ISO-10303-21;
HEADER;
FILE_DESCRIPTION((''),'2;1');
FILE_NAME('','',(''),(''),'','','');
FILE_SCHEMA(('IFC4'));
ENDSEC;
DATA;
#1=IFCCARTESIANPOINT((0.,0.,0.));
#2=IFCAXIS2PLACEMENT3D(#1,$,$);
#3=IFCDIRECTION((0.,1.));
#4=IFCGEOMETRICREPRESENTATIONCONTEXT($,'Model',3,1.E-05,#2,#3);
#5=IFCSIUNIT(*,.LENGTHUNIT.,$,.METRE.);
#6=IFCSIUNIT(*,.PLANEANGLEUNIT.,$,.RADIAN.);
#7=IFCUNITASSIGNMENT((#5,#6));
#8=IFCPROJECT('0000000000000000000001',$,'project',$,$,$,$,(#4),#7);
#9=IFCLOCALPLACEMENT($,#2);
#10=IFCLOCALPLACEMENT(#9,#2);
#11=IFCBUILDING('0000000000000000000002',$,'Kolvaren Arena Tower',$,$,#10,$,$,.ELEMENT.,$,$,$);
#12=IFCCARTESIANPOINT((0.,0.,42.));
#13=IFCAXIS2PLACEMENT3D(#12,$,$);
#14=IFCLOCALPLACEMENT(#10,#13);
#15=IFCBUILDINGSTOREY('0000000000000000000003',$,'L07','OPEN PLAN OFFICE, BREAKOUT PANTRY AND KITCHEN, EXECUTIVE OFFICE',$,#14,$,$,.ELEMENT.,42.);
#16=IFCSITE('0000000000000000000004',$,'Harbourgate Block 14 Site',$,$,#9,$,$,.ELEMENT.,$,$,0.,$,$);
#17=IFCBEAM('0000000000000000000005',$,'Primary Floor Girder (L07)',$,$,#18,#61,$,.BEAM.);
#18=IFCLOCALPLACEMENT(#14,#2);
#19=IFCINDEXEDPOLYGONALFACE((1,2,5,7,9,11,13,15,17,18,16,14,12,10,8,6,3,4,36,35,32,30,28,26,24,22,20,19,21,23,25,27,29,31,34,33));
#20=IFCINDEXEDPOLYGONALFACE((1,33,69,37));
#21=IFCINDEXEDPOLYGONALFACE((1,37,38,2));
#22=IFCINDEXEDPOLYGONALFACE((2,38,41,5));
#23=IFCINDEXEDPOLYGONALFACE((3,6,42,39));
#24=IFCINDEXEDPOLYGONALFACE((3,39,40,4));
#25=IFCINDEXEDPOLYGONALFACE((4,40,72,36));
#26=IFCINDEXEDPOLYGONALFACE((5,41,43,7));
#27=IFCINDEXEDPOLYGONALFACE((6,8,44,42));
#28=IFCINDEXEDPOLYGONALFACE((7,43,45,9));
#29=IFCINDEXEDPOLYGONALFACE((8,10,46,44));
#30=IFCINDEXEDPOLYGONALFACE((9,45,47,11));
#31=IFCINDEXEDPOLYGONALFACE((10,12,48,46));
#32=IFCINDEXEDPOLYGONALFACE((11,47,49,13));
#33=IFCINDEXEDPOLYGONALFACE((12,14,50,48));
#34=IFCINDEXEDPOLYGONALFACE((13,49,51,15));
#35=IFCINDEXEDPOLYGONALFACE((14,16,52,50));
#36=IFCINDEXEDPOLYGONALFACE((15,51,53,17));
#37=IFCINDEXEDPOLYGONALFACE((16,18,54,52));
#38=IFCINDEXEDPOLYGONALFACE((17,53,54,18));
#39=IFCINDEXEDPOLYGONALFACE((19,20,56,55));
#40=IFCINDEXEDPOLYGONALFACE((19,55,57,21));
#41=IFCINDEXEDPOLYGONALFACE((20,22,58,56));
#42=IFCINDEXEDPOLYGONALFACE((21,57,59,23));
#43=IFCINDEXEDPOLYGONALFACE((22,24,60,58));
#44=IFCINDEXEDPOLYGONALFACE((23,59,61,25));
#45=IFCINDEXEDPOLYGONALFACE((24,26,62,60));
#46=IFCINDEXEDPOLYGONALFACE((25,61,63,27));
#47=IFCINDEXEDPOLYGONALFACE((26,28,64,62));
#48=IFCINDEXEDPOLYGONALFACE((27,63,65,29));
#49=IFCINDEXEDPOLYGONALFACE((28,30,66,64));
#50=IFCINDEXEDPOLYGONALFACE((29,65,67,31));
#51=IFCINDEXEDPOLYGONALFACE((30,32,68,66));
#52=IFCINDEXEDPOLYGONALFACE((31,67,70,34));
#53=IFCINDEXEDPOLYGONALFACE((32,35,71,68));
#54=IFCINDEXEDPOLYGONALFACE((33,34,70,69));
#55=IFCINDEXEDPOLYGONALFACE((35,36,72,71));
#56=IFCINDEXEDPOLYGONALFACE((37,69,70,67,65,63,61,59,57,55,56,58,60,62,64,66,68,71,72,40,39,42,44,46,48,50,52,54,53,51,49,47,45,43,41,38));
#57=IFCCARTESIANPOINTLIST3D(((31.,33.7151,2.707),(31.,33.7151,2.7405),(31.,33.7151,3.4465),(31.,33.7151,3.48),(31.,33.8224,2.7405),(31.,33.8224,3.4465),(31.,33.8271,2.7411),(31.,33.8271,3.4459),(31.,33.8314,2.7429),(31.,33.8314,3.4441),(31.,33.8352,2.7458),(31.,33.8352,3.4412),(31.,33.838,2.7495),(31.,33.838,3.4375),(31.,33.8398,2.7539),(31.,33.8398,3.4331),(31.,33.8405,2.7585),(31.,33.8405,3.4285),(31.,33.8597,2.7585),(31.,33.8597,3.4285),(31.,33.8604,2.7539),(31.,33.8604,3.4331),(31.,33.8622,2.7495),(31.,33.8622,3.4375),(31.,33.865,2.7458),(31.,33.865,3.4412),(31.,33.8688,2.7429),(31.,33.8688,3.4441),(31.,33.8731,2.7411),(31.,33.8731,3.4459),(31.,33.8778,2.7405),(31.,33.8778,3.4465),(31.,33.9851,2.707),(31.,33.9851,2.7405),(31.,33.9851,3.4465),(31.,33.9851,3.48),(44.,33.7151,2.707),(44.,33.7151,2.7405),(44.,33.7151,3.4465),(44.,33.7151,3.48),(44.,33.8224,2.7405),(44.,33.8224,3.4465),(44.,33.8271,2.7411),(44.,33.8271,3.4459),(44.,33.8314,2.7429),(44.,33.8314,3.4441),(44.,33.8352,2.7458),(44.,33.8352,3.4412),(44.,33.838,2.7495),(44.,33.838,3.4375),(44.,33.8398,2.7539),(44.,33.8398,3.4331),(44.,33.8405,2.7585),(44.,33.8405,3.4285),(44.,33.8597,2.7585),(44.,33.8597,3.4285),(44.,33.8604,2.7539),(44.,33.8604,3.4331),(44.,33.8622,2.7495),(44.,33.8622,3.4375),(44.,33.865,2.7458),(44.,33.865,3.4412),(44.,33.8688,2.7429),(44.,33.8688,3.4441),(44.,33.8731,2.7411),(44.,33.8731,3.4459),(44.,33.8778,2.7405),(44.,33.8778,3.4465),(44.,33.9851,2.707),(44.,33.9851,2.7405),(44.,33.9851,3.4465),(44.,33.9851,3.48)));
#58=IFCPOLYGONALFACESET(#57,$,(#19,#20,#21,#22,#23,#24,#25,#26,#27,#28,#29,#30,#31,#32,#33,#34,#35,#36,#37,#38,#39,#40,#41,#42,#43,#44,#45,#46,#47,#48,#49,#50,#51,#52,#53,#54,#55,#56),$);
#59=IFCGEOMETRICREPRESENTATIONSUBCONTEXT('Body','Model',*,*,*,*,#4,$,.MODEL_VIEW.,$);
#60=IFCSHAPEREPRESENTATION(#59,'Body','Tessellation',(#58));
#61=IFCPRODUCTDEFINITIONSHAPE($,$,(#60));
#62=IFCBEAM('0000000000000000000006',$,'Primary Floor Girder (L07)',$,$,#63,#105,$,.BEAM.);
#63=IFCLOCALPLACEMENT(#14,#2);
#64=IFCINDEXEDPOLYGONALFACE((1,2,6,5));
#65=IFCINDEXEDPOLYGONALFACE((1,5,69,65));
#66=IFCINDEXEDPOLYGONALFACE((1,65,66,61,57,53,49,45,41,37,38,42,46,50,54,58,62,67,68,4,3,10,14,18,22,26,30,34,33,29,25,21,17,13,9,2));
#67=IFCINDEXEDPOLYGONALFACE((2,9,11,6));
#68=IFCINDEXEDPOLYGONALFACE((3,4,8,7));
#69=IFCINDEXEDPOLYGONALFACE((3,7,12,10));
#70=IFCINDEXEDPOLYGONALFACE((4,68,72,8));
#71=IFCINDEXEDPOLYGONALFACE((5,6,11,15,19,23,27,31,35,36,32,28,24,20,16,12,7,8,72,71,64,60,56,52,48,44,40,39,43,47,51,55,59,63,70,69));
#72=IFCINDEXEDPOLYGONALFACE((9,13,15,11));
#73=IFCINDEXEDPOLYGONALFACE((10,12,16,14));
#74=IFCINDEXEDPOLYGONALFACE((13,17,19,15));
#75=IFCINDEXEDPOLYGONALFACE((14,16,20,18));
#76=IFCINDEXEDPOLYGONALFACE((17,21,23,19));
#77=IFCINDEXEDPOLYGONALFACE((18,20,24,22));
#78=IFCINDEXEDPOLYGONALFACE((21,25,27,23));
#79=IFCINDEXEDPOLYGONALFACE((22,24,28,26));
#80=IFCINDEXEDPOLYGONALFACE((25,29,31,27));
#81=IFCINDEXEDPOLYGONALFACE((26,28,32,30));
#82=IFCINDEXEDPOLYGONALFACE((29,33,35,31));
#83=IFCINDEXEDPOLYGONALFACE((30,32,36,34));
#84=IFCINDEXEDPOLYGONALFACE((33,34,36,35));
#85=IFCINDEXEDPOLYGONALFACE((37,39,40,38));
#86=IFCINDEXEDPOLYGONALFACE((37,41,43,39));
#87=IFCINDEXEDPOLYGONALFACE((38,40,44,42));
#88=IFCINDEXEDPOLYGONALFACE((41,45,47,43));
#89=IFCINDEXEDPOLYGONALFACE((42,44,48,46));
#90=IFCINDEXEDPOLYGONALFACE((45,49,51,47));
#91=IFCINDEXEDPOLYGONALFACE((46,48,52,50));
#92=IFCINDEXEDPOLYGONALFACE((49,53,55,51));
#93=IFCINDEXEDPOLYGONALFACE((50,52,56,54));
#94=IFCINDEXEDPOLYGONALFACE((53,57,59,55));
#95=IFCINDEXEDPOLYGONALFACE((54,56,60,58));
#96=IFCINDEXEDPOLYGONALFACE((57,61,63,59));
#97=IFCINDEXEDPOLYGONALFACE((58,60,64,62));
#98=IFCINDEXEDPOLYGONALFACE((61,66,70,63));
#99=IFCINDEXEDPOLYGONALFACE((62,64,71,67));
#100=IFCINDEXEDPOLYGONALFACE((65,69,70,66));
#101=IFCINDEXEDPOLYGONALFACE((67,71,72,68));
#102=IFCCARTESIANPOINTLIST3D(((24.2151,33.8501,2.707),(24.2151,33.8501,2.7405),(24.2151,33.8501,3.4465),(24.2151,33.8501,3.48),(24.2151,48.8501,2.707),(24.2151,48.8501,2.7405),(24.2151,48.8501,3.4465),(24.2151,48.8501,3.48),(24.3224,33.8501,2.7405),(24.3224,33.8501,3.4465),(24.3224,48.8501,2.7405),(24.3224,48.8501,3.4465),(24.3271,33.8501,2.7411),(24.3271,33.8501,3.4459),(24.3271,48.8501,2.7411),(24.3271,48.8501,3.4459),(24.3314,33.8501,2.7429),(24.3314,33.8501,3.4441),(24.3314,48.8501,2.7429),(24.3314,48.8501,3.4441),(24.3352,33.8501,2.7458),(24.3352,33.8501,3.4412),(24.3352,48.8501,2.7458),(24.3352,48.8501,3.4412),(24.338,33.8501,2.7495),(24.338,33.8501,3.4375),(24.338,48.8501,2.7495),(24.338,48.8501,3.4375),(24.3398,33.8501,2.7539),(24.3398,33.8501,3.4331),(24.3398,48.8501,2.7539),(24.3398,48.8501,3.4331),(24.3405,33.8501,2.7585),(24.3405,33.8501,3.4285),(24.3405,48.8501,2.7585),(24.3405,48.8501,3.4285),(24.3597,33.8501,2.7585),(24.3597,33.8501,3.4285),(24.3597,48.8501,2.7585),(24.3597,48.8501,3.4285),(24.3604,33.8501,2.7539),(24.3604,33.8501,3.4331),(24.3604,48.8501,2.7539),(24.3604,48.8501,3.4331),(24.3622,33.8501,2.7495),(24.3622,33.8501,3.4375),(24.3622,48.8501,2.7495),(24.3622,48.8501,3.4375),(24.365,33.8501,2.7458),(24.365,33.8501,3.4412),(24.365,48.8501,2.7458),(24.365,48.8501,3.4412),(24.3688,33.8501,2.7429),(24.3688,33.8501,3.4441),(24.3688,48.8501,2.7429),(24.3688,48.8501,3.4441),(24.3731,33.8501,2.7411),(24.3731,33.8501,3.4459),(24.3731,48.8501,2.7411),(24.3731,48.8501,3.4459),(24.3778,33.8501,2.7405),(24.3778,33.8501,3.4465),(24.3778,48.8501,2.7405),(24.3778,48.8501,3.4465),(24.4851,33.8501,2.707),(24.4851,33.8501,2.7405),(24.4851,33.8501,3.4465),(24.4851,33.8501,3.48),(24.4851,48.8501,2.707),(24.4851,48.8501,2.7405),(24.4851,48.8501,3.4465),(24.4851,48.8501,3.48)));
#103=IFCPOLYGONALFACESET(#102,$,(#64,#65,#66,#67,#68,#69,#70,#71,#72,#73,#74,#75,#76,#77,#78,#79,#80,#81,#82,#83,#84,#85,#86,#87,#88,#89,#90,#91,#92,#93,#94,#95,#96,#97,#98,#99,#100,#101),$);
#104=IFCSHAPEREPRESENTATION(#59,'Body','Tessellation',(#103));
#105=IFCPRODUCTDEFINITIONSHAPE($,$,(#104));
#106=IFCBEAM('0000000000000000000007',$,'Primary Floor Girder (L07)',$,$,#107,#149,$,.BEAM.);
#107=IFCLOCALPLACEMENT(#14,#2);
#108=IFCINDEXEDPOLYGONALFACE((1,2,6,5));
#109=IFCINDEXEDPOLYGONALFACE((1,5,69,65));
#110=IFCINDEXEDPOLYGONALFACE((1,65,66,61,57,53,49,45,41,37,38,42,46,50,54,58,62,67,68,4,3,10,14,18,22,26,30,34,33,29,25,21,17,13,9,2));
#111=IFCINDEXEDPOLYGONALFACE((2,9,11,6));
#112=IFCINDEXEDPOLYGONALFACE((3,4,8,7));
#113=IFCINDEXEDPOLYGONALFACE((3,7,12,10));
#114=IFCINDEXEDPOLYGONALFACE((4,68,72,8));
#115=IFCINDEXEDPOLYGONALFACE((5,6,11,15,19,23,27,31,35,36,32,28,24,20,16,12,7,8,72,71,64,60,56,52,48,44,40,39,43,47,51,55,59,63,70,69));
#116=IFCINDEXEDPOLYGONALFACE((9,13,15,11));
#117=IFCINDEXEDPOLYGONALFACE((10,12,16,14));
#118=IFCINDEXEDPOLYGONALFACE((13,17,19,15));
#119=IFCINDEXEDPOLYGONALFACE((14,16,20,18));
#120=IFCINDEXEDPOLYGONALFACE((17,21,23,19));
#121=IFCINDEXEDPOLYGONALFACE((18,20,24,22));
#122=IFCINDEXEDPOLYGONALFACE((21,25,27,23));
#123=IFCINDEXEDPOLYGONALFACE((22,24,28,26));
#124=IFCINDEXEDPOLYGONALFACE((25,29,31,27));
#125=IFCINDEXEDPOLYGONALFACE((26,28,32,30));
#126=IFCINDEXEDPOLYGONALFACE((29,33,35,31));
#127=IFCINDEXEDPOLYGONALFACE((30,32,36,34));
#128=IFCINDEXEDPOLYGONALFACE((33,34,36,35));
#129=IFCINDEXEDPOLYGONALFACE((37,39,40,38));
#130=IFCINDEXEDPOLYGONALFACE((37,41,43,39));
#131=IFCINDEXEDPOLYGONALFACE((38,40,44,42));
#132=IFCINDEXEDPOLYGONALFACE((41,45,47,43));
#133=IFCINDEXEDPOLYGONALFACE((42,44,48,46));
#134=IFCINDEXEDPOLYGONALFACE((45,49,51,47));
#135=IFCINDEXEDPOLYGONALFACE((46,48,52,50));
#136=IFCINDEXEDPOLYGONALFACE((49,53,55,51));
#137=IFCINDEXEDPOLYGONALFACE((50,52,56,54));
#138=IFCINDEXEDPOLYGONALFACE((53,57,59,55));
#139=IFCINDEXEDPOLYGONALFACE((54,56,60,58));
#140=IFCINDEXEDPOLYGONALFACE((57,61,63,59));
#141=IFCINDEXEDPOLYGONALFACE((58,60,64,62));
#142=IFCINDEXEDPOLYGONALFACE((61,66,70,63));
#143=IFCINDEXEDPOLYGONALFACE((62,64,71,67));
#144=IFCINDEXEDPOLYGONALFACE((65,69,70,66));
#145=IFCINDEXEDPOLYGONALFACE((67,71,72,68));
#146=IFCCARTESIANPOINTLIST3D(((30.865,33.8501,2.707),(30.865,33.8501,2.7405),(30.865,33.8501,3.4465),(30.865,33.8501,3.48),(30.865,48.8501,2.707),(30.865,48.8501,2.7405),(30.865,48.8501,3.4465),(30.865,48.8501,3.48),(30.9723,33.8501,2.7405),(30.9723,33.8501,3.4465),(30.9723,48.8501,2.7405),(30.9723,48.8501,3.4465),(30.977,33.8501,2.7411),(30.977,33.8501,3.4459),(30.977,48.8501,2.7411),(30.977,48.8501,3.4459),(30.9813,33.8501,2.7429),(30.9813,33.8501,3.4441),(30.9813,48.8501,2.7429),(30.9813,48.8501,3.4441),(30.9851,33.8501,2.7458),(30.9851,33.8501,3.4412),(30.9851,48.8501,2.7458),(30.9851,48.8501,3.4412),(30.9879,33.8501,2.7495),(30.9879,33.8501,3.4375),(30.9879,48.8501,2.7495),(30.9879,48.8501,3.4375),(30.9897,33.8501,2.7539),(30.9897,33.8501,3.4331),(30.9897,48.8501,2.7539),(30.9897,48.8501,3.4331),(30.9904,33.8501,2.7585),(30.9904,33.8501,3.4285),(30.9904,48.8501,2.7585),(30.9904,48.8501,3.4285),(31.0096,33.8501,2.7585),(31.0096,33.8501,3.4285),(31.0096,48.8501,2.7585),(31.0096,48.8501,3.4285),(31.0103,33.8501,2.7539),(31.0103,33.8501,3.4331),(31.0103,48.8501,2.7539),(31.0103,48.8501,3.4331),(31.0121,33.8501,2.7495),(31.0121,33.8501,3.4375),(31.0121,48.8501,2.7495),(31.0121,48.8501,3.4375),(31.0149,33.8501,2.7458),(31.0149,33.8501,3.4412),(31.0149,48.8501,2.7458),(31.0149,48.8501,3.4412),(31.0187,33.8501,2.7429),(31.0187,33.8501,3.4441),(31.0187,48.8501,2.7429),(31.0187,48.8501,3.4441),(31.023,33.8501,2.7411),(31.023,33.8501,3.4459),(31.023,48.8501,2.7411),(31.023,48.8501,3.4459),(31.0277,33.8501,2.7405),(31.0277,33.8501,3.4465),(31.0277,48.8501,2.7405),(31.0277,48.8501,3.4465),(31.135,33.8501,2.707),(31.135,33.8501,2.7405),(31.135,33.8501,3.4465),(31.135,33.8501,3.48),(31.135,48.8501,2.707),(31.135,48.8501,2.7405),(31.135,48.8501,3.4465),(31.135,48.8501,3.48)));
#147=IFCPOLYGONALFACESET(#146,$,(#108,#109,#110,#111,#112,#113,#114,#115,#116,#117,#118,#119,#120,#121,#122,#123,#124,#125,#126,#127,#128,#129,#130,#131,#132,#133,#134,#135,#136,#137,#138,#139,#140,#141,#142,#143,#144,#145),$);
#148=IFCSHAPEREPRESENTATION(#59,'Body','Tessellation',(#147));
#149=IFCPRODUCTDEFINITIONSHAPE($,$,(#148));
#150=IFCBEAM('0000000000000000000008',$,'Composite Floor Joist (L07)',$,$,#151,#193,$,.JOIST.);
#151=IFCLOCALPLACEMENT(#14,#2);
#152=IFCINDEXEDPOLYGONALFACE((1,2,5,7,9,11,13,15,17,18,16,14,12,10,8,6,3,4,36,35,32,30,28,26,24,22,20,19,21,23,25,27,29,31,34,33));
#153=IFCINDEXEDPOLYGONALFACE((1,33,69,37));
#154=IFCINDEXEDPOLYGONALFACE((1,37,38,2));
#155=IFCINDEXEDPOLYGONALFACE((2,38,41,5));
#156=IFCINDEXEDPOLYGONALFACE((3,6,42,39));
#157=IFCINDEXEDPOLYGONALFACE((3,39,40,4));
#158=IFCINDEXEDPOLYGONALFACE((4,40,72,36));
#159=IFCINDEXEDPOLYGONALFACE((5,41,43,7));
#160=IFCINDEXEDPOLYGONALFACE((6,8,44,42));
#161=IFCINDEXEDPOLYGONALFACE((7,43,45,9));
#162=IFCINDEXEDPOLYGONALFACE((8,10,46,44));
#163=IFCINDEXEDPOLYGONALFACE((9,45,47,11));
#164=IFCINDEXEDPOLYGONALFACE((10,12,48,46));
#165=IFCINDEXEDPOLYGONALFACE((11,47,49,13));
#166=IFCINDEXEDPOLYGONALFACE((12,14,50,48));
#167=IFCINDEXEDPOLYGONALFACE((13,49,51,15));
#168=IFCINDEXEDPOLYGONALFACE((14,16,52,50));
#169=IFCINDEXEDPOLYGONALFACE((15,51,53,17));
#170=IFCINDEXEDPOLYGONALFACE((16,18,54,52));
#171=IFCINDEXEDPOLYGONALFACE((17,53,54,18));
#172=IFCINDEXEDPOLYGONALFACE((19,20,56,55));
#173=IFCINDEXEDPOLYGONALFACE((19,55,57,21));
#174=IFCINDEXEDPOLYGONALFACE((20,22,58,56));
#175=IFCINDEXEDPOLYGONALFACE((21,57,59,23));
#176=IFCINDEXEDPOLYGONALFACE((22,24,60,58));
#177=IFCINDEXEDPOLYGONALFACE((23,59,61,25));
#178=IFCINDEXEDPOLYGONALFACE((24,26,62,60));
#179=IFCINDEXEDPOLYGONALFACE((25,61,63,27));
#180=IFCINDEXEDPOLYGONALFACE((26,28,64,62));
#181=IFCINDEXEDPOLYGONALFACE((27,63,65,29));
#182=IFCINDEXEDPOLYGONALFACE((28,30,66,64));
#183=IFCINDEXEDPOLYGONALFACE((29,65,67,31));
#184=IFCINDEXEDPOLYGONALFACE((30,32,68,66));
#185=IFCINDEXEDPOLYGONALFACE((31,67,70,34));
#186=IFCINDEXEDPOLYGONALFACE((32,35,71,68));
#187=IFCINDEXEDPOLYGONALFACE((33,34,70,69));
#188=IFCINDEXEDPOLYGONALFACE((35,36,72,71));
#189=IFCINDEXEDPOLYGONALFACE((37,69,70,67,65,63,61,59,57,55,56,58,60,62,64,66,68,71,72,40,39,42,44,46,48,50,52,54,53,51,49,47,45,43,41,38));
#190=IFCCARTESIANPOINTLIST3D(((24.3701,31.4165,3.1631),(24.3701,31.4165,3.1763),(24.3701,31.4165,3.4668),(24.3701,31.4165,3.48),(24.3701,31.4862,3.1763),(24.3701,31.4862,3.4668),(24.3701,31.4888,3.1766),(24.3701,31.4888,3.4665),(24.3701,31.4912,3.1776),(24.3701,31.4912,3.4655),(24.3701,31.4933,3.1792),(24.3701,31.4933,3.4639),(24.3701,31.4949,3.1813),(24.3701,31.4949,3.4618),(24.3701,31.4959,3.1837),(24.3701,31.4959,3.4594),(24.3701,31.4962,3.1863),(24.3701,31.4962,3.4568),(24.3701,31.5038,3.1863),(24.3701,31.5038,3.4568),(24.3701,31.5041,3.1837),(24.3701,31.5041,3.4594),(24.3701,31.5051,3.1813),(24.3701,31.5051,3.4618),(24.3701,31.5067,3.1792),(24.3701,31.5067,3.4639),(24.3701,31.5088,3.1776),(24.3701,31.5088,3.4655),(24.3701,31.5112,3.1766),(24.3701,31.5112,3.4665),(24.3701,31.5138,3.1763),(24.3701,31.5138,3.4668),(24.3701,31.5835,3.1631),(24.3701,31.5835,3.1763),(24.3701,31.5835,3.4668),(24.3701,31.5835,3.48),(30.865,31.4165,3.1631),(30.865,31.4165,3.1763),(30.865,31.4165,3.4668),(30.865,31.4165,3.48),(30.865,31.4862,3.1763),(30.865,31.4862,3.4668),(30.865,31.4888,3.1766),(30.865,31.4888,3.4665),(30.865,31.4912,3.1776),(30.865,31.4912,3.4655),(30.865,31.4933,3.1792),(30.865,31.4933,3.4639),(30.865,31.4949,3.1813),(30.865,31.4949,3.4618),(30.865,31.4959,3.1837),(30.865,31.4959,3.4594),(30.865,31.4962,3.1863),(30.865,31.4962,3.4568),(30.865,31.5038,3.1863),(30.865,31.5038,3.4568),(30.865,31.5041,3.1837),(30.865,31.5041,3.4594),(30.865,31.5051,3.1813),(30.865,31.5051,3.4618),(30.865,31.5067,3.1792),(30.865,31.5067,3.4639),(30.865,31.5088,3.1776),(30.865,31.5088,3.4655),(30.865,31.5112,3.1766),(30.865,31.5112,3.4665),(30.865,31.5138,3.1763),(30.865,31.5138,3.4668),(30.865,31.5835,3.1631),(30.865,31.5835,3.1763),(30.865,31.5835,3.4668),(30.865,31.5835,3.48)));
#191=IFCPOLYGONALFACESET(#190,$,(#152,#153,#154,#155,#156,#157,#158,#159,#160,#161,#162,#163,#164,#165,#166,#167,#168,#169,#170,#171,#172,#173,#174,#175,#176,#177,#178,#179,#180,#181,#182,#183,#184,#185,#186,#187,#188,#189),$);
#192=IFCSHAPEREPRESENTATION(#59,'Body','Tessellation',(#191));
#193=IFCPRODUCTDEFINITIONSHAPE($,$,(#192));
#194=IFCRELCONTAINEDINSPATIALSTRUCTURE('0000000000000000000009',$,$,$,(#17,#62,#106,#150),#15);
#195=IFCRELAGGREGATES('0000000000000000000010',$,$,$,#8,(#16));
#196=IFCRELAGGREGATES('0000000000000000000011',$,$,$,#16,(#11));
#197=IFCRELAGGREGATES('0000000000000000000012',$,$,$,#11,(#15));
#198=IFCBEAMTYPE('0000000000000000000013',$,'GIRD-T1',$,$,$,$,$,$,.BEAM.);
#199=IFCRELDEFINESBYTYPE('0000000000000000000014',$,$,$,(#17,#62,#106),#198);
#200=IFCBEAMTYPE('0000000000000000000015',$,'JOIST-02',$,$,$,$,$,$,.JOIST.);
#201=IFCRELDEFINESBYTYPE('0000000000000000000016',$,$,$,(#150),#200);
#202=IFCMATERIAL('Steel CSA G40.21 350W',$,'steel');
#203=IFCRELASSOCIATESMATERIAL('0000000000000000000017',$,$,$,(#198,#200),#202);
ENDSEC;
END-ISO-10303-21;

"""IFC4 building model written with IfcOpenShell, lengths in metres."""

from ifc_helpers import new_model, si_unit, direction, frame, origin, origin_2d, place, context, subcontext, project, spatial, i_section, extrude, material, material_profile, profile_set, type_object, element, save


model = new_model("IFC4")

# Units and contexts
model_context = context("Model", 3, precision=1e-05, world=origin(), true_north=direction((0.0, 1.0)))
body_context = subcontext(model_context, "Body", "Model", "MODEL_VIEW")
ifc_project = project(units=[si_unit("LENGTHUNIT", "METRE"), si_unit("PLANEANGLEUNIT", "RADIAN")], contexts=[model_context])

# Site, building, storey
site_placement = place(None, origin())
site = spatial("IfcSite", under=ifc_project, at=site_placement, Name="Harbourgate Block 14 Site", CompositionType="ELEMENT", RefElevation=0.0)
building_placement = place(site_placement, origin())
building = spatial("IfcBuilding", under=site, at=building_placement, Name="Kolvaren Arena Tower", CompositionType="ELEMENT")
storey_placement = place(building_placement, frame((0.0, 0.0, 42.0)))
storey = spatial("IfcBuildingStorey", under=building, at=storey_placement, Name="L07", Description="OPEN PLAN OFFICE, BREAKOUT PANTRY AND KITCHEN, EXECUTIVE OFFICE", CompositionType="ELEMENT", Elevation=42.0)

# Beams
ifc_material_1 = material(Name="Steel CSA G40.21 350W", Category="steel")
ifc_material_profile_1 = material_profile(ifc_material_1, i_section(OverallWidth=0.27, OverallDepth=0.7729, WebThickness=0.0193, FlangeThickness=0.0334, FilletRadius=0.0181, at=origin_2d()), Name="W760x257")
ifc_profile_set_1 = profile_set([ifc_material_profile_1], Name="Steel CSA G40.21 350W")
beam_type_1 = type_object("IfcBeamType", Name="GIRD-T1", PredefinedType="BEAM", material=ifc_profile_set_1)
beam_1_placement = place(storey_placement, frame((31.0, 33.8501, 3.0935), z_axis=(1.0, 0.0, 0.0), x_axis=(0.0, 1.0, 0.0)))
element("IfcBeam", 1, at=beam_1_placement, inside=storey, type_object=beam_type_1, Name="Primary Floor Girder (L07)", PredefinedType="BEAM", context=body_context, shape_type="SweptSolid", body=[
    extrude(i_section(OverallWidth=0.27, OverallDepth=0.7729, WebThickness=0.0193, FlangeThickness=0.0334, FilletRadius=0.0181, at=origin_2d()), origin(), (0.0, 0.0, 1.0), 13.0),
])
for number, where, z_axis, x_axis, name in (
    (2, (24.3501, 33.8501, 3.0935), (0.0, 1.0, 0.0), (-1.0, 0.0, 0.0), "Primary Floor Girder (L07)"),
    (3, (31.0, 33.8501, 3.0935), (0.0, 1.0, 0.0), (-1.0, 0.0, 0.0), "Primary Floor Girder (L07)"),
):
    element("IfcBeam", number, at=place(storey_placement, frame(where, z_axis=z_axis, x_axis=x_axis)), inside=storey, type_object=beam_type_1, Name=name, PredefinedType="BEAM", context=body_context, shape_type="SweptSolid", body=[
        extrude(i_section(OverallWidth=0.27, OverallDepth=0.7729, WebThickness=0.0193, FlangeThickness=0.0334, FilletRadius=0.0181, at=origin_2d()), origin(), (0.0, 0.0, 1.0), 15.0),
    ])
ifc_material_profile_2 = material_profile(ifc_material_1, i_section(OverallWidth=0.167, OverallDepth=0.3169, WebThickness=0.0076, FlangeThickness=0.0132, FilletRadius=0.01, at=origin_2d()), Name="W310x52")
ifc_profile_set_2 = profile_set([ifc_material_profile_2], Name="Steel CSA G40.21 350W")
beam_type_2 = type_object("IfcBeamType", Name="JOIST-02", PredefinedType="JOIST", material=ifc_profile_set_2)
beam_2_placement = place(storey_placement, frame((24.3701, 31.5, 3.3215), z_axis=(1.0, 0.0, 0.0), x_axis=(0.0, 1.0, 0.0)))
element("IfcBeam", 4, at=beam_2_placement, inside=storey, type_object=beam_type_2, Name="Composite Floor Joist (L07)", PredefinedType="JOIST", context=body_context, shape_type="SweptSolid", body=[
    extrude(i_section(OverallWidth=0.167, OverallDepth=0.3169, WebThickness=0.0076, FlangeThickness=0.0132, FilletRadius=0.01, at=origin_2d()), origin(), (0.0, 0.0, 1.0), 6.4949),
])

save(model, "model.ifc")
